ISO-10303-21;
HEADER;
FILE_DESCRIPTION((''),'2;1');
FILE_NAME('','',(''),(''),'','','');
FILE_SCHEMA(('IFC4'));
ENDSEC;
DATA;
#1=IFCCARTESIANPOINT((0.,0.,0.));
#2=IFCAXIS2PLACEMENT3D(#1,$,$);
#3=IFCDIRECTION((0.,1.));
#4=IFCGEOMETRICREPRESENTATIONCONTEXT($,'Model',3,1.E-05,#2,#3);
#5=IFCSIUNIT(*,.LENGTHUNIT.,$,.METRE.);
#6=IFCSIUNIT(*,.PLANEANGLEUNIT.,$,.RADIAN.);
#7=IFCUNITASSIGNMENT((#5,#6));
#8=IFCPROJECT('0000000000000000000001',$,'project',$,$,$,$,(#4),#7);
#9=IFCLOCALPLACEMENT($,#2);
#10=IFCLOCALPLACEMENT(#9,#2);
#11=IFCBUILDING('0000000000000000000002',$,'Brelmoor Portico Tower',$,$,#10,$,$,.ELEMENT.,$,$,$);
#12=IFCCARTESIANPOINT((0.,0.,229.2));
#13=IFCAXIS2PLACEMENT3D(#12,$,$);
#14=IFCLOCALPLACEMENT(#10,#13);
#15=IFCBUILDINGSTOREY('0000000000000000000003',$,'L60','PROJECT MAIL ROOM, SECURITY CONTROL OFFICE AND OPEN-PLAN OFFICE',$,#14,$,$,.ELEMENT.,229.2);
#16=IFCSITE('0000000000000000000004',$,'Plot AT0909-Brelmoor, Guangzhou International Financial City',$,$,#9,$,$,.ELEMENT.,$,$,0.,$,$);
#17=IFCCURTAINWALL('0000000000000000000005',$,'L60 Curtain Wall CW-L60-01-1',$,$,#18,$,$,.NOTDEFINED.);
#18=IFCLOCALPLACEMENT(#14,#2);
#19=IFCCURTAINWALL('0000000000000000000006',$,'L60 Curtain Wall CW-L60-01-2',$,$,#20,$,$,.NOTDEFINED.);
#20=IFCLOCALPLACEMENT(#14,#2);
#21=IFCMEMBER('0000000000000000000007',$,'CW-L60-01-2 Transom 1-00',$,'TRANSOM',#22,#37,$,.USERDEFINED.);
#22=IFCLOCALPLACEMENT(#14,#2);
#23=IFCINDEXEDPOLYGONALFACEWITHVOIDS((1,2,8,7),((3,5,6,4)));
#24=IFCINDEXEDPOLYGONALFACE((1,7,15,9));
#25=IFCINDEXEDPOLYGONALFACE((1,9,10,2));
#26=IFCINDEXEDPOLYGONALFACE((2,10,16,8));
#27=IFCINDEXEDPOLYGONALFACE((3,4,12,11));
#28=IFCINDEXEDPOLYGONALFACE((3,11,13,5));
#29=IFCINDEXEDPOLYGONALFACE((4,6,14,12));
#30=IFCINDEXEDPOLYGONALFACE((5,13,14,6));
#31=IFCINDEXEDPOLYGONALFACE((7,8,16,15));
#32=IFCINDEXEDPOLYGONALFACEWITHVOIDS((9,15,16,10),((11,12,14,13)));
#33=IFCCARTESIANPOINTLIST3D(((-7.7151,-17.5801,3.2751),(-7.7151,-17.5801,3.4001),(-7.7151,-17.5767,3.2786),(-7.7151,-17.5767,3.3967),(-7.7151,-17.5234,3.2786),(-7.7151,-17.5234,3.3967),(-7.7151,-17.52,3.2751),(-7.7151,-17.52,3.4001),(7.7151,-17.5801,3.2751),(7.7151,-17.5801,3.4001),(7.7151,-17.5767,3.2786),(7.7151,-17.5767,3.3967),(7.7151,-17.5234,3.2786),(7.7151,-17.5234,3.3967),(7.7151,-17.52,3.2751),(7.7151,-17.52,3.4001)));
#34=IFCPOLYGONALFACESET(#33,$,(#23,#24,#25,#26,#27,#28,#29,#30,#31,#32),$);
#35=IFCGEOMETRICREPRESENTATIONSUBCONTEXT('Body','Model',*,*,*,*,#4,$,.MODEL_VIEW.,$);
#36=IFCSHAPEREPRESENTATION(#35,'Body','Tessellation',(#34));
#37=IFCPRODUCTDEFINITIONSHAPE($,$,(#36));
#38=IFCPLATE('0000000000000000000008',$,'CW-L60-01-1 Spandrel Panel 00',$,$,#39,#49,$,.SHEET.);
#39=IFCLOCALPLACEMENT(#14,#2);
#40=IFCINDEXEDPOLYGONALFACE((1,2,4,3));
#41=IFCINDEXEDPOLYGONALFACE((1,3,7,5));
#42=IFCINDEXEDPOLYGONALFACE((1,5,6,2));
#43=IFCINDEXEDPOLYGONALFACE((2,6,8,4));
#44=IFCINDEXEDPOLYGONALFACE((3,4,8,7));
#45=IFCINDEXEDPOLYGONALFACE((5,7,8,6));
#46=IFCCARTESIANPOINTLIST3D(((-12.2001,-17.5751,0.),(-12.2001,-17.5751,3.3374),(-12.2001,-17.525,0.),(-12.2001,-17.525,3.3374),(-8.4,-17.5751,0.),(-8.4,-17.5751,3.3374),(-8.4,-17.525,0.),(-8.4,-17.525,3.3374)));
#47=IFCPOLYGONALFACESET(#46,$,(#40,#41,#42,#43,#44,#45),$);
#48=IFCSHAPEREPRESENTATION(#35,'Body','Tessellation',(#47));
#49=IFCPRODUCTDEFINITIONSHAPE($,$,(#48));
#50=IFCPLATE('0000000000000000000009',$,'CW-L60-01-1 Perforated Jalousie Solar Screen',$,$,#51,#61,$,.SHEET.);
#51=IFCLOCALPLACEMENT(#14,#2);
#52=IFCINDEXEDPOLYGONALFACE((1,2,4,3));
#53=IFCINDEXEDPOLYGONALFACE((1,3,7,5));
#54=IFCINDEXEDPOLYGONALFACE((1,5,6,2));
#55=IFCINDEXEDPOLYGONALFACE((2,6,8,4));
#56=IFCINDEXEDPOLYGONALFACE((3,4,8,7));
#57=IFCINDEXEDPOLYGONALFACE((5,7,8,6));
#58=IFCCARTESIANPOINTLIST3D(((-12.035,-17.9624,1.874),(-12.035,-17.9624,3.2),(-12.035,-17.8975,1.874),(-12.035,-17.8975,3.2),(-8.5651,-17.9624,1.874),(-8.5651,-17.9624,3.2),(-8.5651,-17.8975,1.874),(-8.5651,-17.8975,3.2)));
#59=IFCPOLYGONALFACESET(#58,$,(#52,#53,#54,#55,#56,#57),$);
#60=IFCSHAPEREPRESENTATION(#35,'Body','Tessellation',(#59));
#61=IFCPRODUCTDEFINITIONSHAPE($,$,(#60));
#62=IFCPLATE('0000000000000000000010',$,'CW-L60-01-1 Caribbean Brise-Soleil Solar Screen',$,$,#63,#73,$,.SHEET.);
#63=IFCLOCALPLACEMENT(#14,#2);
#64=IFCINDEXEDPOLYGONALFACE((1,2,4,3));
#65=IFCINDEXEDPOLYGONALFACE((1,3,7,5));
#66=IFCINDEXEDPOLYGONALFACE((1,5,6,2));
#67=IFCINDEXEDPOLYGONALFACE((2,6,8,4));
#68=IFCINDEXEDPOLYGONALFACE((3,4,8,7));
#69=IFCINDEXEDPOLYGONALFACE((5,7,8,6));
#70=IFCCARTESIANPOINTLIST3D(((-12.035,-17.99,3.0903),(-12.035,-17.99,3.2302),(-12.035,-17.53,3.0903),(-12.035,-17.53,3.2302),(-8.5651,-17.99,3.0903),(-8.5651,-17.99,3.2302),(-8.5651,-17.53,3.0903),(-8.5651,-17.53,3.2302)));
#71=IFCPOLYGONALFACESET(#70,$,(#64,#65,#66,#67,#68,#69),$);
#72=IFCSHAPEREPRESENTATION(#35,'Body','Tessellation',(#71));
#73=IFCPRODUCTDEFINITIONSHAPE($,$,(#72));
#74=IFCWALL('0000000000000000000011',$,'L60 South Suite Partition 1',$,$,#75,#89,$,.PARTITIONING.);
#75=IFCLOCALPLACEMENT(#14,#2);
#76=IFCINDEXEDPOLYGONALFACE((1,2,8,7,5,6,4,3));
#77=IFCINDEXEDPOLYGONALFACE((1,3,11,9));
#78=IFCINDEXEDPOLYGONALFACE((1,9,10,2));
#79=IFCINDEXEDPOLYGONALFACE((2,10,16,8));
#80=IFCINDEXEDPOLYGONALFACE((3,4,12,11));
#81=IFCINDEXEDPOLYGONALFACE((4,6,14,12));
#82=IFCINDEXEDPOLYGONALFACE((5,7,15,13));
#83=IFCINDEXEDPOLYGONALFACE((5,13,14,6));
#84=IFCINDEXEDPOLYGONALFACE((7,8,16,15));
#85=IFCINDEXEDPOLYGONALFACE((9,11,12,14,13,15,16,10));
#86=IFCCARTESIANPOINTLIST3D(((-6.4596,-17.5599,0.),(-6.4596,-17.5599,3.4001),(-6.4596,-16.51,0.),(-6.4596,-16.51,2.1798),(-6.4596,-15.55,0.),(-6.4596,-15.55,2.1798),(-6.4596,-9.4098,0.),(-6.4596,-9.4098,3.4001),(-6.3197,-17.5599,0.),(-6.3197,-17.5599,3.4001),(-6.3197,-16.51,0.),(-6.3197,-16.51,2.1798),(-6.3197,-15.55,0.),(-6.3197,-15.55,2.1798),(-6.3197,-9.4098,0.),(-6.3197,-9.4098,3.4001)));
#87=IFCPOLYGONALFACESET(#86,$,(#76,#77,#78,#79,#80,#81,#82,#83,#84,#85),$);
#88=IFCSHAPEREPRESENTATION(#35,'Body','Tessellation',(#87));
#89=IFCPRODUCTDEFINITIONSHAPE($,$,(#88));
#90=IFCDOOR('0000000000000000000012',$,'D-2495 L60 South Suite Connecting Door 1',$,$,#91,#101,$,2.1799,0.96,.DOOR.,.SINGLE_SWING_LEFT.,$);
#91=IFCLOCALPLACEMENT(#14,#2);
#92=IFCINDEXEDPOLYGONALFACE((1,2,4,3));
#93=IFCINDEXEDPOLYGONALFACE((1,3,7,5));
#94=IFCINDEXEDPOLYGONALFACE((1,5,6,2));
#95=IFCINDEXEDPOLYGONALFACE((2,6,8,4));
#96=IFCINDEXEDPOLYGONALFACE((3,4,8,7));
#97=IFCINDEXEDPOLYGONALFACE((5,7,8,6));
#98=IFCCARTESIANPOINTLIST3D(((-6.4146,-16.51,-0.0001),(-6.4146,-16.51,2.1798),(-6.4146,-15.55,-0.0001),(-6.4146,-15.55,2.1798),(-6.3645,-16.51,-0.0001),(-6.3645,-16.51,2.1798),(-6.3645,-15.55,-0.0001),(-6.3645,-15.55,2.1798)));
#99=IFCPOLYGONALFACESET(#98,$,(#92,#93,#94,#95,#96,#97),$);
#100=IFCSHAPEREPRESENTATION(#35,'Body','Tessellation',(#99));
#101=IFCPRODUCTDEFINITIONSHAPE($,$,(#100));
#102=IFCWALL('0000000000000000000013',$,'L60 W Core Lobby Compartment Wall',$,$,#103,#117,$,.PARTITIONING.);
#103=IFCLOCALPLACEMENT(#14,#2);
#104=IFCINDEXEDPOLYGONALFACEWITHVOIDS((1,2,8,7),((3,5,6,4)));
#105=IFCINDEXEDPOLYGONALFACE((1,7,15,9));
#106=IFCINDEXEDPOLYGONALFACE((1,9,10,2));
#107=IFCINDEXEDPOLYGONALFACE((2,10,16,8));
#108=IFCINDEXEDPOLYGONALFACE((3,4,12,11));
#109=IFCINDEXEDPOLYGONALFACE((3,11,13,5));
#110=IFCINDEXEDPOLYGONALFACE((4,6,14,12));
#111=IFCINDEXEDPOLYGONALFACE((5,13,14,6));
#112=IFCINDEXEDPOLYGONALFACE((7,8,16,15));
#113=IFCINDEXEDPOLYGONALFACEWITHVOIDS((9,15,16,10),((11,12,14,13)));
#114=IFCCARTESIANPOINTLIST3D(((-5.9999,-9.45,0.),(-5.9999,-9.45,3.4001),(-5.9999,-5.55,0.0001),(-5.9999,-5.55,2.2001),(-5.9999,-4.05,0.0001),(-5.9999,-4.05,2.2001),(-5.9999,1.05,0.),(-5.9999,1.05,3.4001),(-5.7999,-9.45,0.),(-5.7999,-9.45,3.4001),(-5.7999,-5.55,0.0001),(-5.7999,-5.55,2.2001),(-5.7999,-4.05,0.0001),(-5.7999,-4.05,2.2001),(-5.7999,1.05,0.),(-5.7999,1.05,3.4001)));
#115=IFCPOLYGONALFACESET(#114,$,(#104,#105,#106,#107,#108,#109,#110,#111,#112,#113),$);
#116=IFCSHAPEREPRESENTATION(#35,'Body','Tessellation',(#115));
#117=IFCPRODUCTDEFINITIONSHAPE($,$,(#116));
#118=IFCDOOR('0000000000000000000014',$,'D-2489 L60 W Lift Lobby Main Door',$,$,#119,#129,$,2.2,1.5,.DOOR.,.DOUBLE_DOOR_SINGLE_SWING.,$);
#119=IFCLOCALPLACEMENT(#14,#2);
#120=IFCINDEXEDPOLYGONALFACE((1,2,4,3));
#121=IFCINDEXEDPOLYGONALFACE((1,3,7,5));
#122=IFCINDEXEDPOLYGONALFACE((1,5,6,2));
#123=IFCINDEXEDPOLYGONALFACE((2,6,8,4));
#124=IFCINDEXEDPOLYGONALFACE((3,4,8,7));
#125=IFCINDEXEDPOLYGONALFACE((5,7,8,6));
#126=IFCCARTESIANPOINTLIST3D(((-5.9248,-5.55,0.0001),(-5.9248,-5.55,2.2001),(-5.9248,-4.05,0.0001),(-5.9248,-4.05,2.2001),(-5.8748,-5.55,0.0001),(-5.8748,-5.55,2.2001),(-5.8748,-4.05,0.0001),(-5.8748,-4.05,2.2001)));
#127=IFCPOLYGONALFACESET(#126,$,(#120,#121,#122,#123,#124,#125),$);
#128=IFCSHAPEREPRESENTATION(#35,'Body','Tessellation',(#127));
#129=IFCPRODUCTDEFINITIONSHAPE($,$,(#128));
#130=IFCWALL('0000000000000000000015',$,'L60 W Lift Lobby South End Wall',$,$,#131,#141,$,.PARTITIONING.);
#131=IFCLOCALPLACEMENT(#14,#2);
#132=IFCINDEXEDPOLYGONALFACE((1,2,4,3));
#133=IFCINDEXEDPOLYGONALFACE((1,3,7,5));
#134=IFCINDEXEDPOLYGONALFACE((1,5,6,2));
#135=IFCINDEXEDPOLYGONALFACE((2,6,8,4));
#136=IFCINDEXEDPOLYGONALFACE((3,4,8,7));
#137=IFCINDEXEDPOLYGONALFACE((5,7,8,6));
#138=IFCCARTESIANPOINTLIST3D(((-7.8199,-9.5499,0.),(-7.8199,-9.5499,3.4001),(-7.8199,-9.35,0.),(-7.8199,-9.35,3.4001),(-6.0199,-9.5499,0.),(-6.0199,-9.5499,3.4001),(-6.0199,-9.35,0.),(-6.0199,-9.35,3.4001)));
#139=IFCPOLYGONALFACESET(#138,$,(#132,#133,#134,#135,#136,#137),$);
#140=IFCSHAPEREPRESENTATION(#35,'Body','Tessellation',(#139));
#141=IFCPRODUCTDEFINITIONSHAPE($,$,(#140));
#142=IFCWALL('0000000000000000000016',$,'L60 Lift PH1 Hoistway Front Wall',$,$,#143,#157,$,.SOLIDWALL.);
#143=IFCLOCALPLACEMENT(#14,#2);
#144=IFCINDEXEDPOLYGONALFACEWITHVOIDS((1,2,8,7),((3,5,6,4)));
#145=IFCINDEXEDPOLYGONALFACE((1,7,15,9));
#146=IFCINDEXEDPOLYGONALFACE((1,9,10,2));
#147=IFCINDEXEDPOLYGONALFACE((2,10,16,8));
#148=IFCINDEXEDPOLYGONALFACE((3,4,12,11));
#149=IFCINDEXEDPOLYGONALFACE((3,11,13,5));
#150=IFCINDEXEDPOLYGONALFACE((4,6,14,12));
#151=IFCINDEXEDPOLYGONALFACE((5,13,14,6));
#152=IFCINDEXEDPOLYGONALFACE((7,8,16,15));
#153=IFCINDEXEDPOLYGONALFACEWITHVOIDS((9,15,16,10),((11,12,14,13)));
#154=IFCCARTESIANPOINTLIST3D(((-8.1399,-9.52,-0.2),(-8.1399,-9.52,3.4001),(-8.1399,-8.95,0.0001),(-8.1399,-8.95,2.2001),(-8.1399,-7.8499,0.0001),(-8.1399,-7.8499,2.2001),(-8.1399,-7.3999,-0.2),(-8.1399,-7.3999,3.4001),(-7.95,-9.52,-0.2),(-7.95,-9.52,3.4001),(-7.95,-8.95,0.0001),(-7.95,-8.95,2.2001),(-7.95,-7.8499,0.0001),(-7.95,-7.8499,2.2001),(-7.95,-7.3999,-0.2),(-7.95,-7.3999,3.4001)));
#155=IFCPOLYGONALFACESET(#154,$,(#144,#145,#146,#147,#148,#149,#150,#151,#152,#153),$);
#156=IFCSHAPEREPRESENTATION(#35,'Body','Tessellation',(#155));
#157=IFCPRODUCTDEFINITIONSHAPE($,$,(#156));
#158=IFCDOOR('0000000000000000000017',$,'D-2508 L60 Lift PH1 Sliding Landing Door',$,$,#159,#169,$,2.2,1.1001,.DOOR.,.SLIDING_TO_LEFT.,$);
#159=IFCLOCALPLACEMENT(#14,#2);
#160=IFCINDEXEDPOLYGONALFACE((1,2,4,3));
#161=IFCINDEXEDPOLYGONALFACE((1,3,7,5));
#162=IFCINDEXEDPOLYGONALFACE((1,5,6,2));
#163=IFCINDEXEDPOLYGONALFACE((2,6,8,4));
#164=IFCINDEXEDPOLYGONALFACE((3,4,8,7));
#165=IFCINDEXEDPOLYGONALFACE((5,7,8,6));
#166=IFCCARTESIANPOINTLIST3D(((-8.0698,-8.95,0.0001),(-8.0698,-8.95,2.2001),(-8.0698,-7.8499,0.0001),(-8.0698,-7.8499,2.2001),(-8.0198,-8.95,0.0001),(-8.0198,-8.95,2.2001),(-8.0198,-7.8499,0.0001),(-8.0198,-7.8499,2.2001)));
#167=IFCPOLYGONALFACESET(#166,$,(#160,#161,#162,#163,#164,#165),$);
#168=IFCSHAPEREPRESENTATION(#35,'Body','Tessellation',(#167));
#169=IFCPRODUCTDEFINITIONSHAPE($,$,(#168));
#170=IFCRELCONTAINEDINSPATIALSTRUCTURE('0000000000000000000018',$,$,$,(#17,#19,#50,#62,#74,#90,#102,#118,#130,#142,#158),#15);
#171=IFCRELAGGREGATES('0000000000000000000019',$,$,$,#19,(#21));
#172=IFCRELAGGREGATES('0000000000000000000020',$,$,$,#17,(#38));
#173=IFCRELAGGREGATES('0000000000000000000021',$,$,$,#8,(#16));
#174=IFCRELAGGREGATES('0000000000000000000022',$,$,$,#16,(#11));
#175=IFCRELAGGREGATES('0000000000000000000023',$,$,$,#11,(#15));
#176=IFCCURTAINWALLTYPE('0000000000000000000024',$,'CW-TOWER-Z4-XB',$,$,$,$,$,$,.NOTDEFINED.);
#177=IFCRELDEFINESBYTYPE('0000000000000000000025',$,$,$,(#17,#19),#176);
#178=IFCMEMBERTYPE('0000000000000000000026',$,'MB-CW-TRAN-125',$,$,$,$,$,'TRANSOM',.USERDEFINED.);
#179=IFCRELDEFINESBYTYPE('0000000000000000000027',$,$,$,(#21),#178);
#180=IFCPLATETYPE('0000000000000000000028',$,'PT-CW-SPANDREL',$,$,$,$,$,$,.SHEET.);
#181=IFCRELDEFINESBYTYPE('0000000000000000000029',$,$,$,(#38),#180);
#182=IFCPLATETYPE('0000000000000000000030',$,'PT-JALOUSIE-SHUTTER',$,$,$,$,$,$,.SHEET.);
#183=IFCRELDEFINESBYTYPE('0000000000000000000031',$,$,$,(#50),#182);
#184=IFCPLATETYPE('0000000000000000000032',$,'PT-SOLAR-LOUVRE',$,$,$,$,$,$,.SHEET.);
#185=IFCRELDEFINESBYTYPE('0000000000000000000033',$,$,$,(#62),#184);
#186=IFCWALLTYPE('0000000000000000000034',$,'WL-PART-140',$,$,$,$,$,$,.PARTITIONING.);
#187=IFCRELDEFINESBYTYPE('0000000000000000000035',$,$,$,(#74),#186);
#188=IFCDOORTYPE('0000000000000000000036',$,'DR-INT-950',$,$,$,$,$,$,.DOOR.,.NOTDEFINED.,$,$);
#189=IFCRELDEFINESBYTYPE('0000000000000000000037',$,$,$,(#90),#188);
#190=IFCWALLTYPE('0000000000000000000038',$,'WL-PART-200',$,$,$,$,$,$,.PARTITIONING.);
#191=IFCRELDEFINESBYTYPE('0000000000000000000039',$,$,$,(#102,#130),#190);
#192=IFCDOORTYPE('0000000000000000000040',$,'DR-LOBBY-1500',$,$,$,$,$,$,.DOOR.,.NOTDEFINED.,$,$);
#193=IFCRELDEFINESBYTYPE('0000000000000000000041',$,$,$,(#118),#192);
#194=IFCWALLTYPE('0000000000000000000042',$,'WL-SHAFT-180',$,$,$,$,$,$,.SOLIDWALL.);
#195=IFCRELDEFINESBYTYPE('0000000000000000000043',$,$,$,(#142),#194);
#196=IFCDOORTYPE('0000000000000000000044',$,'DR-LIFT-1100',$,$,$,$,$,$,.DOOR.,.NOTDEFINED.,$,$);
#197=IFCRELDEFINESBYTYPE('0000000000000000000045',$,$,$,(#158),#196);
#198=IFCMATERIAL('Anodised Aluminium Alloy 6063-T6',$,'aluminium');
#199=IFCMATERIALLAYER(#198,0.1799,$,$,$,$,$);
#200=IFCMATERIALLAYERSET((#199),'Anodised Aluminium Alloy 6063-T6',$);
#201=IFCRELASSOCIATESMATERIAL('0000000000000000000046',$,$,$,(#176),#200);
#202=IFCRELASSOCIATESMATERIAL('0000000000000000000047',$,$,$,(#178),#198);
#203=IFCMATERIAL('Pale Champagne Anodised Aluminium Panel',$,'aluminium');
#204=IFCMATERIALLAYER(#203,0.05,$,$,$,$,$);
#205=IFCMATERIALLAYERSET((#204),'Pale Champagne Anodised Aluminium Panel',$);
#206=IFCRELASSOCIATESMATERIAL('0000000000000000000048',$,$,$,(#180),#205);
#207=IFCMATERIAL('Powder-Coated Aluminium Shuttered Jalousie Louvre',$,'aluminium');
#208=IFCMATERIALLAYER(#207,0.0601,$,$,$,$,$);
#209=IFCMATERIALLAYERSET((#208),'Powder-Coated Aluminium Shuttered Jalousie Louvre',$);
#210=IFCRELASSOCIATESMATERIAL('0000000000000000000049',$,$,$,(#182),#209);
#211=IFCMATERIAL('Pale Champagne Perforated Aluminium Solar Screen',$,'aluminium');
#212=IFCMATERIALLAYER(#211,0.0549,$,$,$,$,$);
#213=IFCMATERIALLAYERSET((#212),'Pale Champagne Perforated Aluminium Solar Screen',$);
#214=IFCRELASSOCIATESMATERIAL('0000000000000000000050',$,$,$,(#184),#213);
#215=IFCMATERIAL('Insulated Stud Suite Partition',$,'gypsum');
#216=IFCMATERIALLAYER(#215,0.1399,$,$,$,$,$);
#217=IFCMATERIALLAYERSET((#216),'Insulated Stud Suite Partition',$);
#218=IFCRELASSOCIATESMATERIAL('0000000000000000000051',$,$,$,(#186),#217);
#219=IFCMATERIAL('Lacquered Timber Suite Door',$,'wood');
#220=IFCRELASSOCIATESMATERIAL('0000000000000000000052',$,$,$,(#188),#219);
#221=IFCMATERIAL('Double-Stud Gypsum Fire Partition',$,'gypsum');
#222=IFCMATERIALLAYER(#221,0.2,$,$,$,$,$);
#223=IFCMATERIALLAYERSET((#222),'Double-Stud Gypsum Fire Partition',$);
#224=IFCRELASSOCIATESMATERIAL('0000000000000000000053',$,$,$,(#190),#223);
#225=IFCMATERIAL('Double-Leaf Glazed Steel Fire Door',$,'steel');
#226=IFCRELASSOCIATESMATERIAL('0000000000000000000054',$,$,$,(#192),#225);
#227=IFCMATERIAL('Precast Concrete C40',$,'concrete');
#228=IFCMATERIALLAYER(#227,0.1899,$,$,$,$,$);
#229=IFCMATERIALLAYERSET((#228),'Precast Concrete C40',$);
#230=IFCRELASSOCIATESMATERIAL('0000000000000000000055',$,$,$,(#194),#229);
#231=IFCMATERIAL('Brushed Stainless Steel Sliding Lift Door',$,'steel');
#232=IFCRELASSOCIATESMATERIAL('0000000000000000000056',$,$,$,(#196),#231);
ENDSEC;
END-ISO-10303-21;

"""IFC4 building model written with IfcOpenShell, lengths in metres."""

from ifc_helpers import new_model, si_unit, direction, frame, frame_2d, origin, origin_2d, place, context, subcontext, project, spatial, rectangle, hollow_rectangle, extrude, material, layer, layer_set, material_profile, profile_set, type_object, element, fill, aggregate, save


model = new_model("IFC4")

# Units and contexts
model_context = context("Model", 3, precision=1e-05, world=origin(), true_north=direction((0.0, 1.0)))
body_context = subcontext(model_context, "Body", "Model", "MODEL_VIEW")
ifc_project = project(units=[si_unit("LENGTHUNIT", "METRE"), si_unit("PLANEANGLEUNIT", "RADIAN")], contexts=[model_context])

# Site, building, storey
site_placement = place(None, origin())
site = spatial("IfcSite", under=ifc_project, at=site_placement, Name="Plot AT0909-Brelmoor, Guangzhou International Financial City", CompositionType="ELEMENT", RefElevation=0.0)
building_placement = place(site_placement, origin())
building = spatial("IfcBuilding", under=site, at=building_placement, Name="Brelmoor Portico Tower", CompositionType="ELEMENT")
storey_placement = place(building_placement, frame((0.0, 0.0, 229.2)))
storey = spatial("IfcBuildingStorey", under=building, at=storey_placement, Name="L60", Description="PROJECT MAIL ROOM, SECURITY CONTROL OFFICE AND OPEN-PLAN OFFICE", CompositionType="ELEMENT", Elevation=229.2)

# Curtain wall
ifc_material_1 = material(Name="Anodised Aluminium Alloy 6063-T6", Category="aluminium")
ifc_layer_1 = layer(ifc_material_1, 0.1799)
ifc_layer_set_1 = layer_set([ifc_layer_1], Name="Anodised Aluminium Alloy 6063-T6")
curtain_wall_type = type_object("IfcCurtainWallType", Name="CW-TOWER-Z4-XB", PredefinedType="NOTDEFINED", material=ifc_layer_set_1)
curtain_wall_1_placement = place(storey_placement, origin())
curtain_wall_1 = element("IfcCurtainWall", 1, at=curtain_wall_1_placement, inside=storey, type_object=curtain_wall_type, Name="L60 Curtain Wall CW-L60-01-1", PredefinedType="NOTDEFINED")

# Curtain wall, member
curtain_wall_2_placement = place(storey_placement, origin())
curtain_wall_2 = element("IfcCurtainWall", 2, at=curtain_wall_2_placement, inside=storey, type_object=curtain_wall_type, Name="L60 Curtain Wall CW-L60-01-2", PredefinedType="NOTDEFINED")
ifc_material_profile_1 = material_profile(ifc_material_1, hollow_rectangle(XDim=0.0601, YDim=0.125, WallThickness=0.0034, at=origin_2d()), Name="ALU TRANSOM 60x125")
ifc_profile_set_1 = profile_set([ifc_material_profile_1], Name="Anodised Aluminium Alloy 6063-T6")
member_type_1 = type_object("IfcMemberType", Name="MB-CW-TRAN-125", ElementType="TRANSOM", PredefinedType="USERDEFINED", material=ifc_profile_set_1)
member_1_placement = place(storey_placement, frame((-7.7151, -17.55, 3.3376), z_axis=(1.0, 0.0, 0.0), x_axis=(0.0, 1.0, 0.0)))
member_1 = element("IfcMember", 3, at=member_1_placement, type_object=member_type_1, Name="CW-L60-01-2 Transom 1-00", ObjectType="TRANSOM", PredefinedType="USERDEFINED", context=body_context, shape_type="SweptSolid", body=[
    extrude(hollow_rectangle(XDim=0.0601, YDim=0.125, WallThickness=0.0034, at=origin_2d()), origin(), (0.0, 0.0, 1.0), 15.4302),
])
aggregate(curtain_wall_2, [member_1])

# Plate
ifc_material_2 = material(Name="Pale Champagne Anodised Aluminium Panel", Category="aluminium")
ifc_layer_2 = layer(ifc_material_2, 0.05)
ifc_layer_set_2 = layer_set([ifc_layer_2], Name="Pale Champagne Anodised Aluminium Panel")
plate_type_1 = type_object("IfcPlateType", Name="PT-CW-SPANDREL", PredefinedType="SHEET", material=ifc_layer_set_2)
plate_1_placement = place(storey_placement, frame((-10.3, -17.55, 0.0), z_axis=(0.0, 0.0, 1.0), x_axis=(1.0, 0.0, 0.0)))
plate_1 = element("IfcPlate", 4, at=plate_1_placement, type_object=plate_type_1, Name="CW-L60-01-1 Spandrel Panel 00", PredefinedType="SHEET", context=body_context, shape_type="SweptSolid", body=[
    extrude(rectangle(XDim=3.8, YDim=0.05, at=origin_2d()), origin(), (0.0, 0.0, 1.0), 3.3374),
])
aggregate(curtain_wall_1, [plate_1])

# Plates
ifc_material_3 = material(Name="Powder-Coated Aluminium Shuttered Jalousie Louvre", Category="aluminium")
ifc_layer_3 = layer(ifc_material_3, 0.0601)
ifc_layer_set_3 = layer_set([ifc_layer_3], Name="Powder-Coated Aluminium Shuttered Jalousie Louvre")
plate_type_2 = type_object("IfcPlateType", Name="PT-JALOUSIE-SHUTTER", PredefinedType="SHEET", material=ifc_layer_set_3)
plate_2_placement = place(storey_placement, frame((-10.3, -17.9299, 1.874), z_axis=(0.0, 0.0, 1.0), x_axis=(1.0, 0.0, 0.0)))
element("IfcPlate", 5, at=plate_2_placement, inside=storey, type_object=plate_type_2, Name="CW-L60-01-1 Perforated Jalousie Solar Screen", PredefinedType="SHEET", context=body_context, shape_type="SweptSolid", body=[
    extrude(rectangle(XDim=3.47, YDim=0.0649, at=origin_2d()), origin(), (0.0, 0.0, 1.0), 1.3259),
])
ifc_material_4 = material(Name="Pale Champagne Perforated Aluminium Solar Screen", Category="aluminium")
ifc_layer_4 = layer(ifc_material_4, 0.0549)
ifc_layer_set_4 = layer_set([ifc_layer_4], Name="Pale Champagne Perforated Aluminium Solar Screen")
plate_type_3 = type_object("IfcPlateType", Name="PT-SOLAR-LOUVRE", PredefinedType="SHEET", material=ifc_layer_set_4)
plate_3_placement = place(storey_placement, frame((-10.3, -17.76, 3.0903), z_axis=(0.0, 0.0, 1.0), x_axis=(1.0, 0.0, 0.0)))
element("IfcPlate", 6, at=plate_3_placement, inside=storey, type_object=plate_type_3, Name="CW-L60-01-1 Caribbean Brise-Soleil Solar Screen", PredefinedType="SHEET", context=body_context, shape_type="SweptSolid", body=[
    extrude(rectangle(XDim=3.47, YDim=0.46, at=origin_2d()), origin(), (0.0, 0.0, 1.0), 0.1399),
])

# Walls, openings, doors
ifc_material_5 = material(Name="Insulated Stud Suite Partition", Category="gypsum")
ifc_layer_5 = layer(ifc_material_5, 0.1399)
ifc_layer_set_5 = layer_set([ifc_layer_5], Name="Insulated Stud Suite Partition")
wall_type_1 = type_object("IfcWallType", Name="WL-PART-140", PredefinedType="PARTITIONING", material=ifc_layer_set_5)
wall_1_placement = place(storey_placement, frame((-6.3896, -17.5601, 0.0), z_axis=(0.0, 0.0, 1.0), x_axis=(0.0, 1.0, 0.0)))
wall_1 = element("IfcWall", 7, at=wall_1_placement, inside=storey, type_object=wall_type_1, Name="L60 South Suite Partition 1", PredefinedType="PARTITIONING", context=body_context, shape_type="SweptSolid", body=[
    extrude(rectangle(XDim=8.1501, YDim=0.1399, at=frame_2d((4.0752, 0.0))), origin(), (0.0, 0.0, 1.0), 3.4001),
])
opening_1_placement = place(wall_1_placement, frame((1.05, 0.0, 0.0)))
opening_1 = element("IfcOpeningElement", 8, at=opening_1_placement, cuts=wall_1, PredefinedType="OPENING", context=body_context, shape_type="SweptSolid", body=[
    extrude(rectangle(XDim=0.96, YDim=2.1799, at=frame_2d((0.48, 1.0898))), frame((0.0, 0.0798, 0.0), z_axis=(0.0, -1.0, 0.0), x_axis=(1.0, 0.0, 0.0)), (0.0, 0.0, 1.0), 0.1599),
])
ifc_material_6 = material(Name="Lacquered Timber Suite Door", Category="wood")
door_type_1 = type_object("IfcDoorType", Name="DR-INT-950", OperationType="NOTDEFINED", PredefinedType="DOOR", material=ifc_material_6)
door_1_placement = place(opening_1_placement, origin())
door_1 = element("IfcDoor", 9, at=door_1_placement, inside=storey, type_object=door_type_1, Name="D-2495 L60 South Suite Connecting Door 1", OperationType="SINGLE_SWING_LEFT", OverallHeight=2.1799, OverallWidth=0.96, PredefinedType="DOOR", context=body_context, shape_type="SweptSolid", body=[
    extrude(rectangle(XDim=0.96, YDim=2.1799, at=frame_2d((0.48, 1.0898))), frame((0.0, 0.0249, 0.0), z_axis=(0.0, -1.0, 0.0), x_axis=(1.0, 0.0, 0.0)), (0.0, 0.0, 1.0), 0.05),
])
fill(opening_1, door_1)
ifc_material_7 = material(Name="Double-Stud Gypsum Fire Partition", Category="gypsum")
ifc_layer_6 = layer(ifc_material_7, 0.2)
ifc_layer_set_6 = layer_set([ifc_layer_6], Name="Double-Stud Gypsum Fire Partition")
wall_type_2 = type_object("IfcWallType", Name="WL-PART-200", PredefinedType="PARTITIONING", material=ifc_layer_set_6)
wall_2_placement = place(storey_placement, frame((-5.8999, -9.45, 0.0), z_axis=(0.0, 0.0, 1.0), x_axis=(0.0, 1.0, 0.0)))
wall_2 = element("IfcWall", 10, at=wall_2_placement, inside=storey, type_object=wall_type_2, Name="L60 W Core Lobby Compartment Wall", PredefinedType="PARTITIONING", context=body_context, shape_type="SweptSolid", body=[
    extrude(rectangle(XDim=10.5, YDim=0.2, at=frame_2d((5.25, 0.0))), origin(), (0.0, 0.0, 1.0), 3.4001),
])
opening_2_placement = place(wall_2_placement, frame((3.8999, 0.0, 0.0)))
opening_2 = element("IfcOpeningElement", 11, at=opening_2_placement, cuts=wall_2, PredefinedType="OPENING", context=body_context, shape_type="SweptSolid", body=[
    extrude(rectangle(XDim=1.5, YDim=2.2, at=frame_2d((0.75, 1.1001))), frame((0.0, 0.1099, 0.0), z_axis=(0.0, -1.0, 0.0), x_axis=(1.0, 0.0, 0.0)), (0.0, 0.0, 1.0), 0.22),
])
ifc_material_8 = material(Name="Double-Leaf Glazed Steel Fire Door", Category="steel")
door_type_2 = type_object("IfcDoorType", Name="DR-LOBBY-1500", OperationType="NOTDEFINED", PredefinedType="DOOR", material=ifc_material_8)
door_2_placement = place(opening_2_placement, origin())
door_2 = element("IfcDoor", 12, at=door_2_placement, inside=storey, type_object=door_type_2, Name="D-2489 L60 W Lift Lobby Main Door", OperationType="DOUBLE_DOOR_SINGLE_SWING", OverallHeight=2.2, OverallWidth=1.5, PredefinedType="DOOR", context=body_context, shape_type="SweptSolid", body=[
    extrude(rectangle(XDim=1.5, YDim=2.2, at=frame_2d((0.75, 1.1001))), frame((0.0, 0.0249, 0.0), z_axis=(0.0, -1.0, 0.0), x_axis=(1.0, 0.0, 0.0)), (0.0, 0.0, 1.0), 0.05),
])
fill(opening_2, door_2)

# Wall
wall_3_placement = place(storey_placement, frame((-6.02, -9.45, 0.0), z_axis=(0.0, 0.0, 1.0), x_axis=(-1.0, 0.0, 0.0)))
element("IfcWall", 13, at=wall_3_placement, inside=storey, type_object=wall_type_2, Name="L60 W Lift Lobby South End Wall", PredefinedType="PARTITIONING", context=body_context, shape_type="SweptSolid", body=[
    extrude(rectangle(XDim=1.8, YDim=0.2, at=frame_2d((0.8999, 0.0))), origin(), (0.0, 0.0, 1.0), 3.4001),
])

# Wall, opening, door
ifc_material_9 = material(Name="Precast Concrete C40", Category="concrete")
ifc_layer_7 = layer(ifc_material_9, 0.1899)
ifc_layer_set_7 = layer_set([ifc_layer_7], Name="Precast Concrete C40")
wall_type_3 = type_object("IfcWallType", Name="WL-SHAFT-180", PredefinedType="SOLIDWALL", material=ifc_layer_set_7)
wall_4_placement = place(storey_placement, frame((-8.0449, -9.52, -0.2), z_axis=(0.0, 0.0, 1.0), x_axis=(0.0, 1.0, 0.0)))
wall_4 = element("IfcWall", 14, at=wall_4_placement, inside=storey, type_object=wall_type_3, Name="L60 Lift PH1 Hoistway Front Wall", PredefinedType="SOLIDWALL", context=body_context, shape_type="SweptSolid", body=[
    extrude(rectangle(XDim=2.1201, YDim=0.1899, at=frame_2d((1.0601, 0.0))), origin(), (0.0, 0.0, 1.0), 3.6001),
])
opening_3_placement = place(wall_4_placement, frame((0.5701, 0.0, 0.2)))
opening_3 = element("IfcOpeningElement", 15, at=opening_3_placement, cuts=wall_4, PredefinedType="OPENING", context=body_context, shape_type="SweptSolid", body=[
    extrude(rectangle(XDim=1.1001, YDim=2.2, at=frame_2d((0.55, 1.1001))), frame((0.0, 0.105, 0.0), z_axis=(0.0, -1.0, 0.0), x_axis=(1.0, 0.0, 0.0)), (0.0, 0.0, 1.0), 0.21),
])
ifc_material_10 = material(Name="Brushed Stainless Steel Sliding Lift Door", Category="steel")
door_type_3 = type_object("IfcDoorType", Name="DR-LIFT-1100", OperationType="NOTDEFINED", PredefinedType="DOOR", material=ifc_material_10)
door_3_placement = place(opening_3_placement, origin())
door_3 = element("IfcDoor", 16, at=door_3_placement, inside=storey, type_object=door_type_3, Name="D-2508 L60 Lift PH1 Sliding Landing Door", OperationType="SLIDING_TO_LEFT", OverallHeight=2.2, OverallWidth=1.1001, PredefinedType="DOOR", context=body_context, shape_type="SweptSolid", body=[
    extrude(rectangle(XDim=1.1001, YDim=2.2, at=frame_2d((0.55, 1.1001))), frame((0.0, 0.0249, 0.0), z_axis=(0.0, -1.0, 0.0), x_axis=(1.0, 0.0, 0.0)), (0.0, 0.0, 1.0), 0.05),
])
fill(opening_3, door_3)

save(model, "model.ifc")
